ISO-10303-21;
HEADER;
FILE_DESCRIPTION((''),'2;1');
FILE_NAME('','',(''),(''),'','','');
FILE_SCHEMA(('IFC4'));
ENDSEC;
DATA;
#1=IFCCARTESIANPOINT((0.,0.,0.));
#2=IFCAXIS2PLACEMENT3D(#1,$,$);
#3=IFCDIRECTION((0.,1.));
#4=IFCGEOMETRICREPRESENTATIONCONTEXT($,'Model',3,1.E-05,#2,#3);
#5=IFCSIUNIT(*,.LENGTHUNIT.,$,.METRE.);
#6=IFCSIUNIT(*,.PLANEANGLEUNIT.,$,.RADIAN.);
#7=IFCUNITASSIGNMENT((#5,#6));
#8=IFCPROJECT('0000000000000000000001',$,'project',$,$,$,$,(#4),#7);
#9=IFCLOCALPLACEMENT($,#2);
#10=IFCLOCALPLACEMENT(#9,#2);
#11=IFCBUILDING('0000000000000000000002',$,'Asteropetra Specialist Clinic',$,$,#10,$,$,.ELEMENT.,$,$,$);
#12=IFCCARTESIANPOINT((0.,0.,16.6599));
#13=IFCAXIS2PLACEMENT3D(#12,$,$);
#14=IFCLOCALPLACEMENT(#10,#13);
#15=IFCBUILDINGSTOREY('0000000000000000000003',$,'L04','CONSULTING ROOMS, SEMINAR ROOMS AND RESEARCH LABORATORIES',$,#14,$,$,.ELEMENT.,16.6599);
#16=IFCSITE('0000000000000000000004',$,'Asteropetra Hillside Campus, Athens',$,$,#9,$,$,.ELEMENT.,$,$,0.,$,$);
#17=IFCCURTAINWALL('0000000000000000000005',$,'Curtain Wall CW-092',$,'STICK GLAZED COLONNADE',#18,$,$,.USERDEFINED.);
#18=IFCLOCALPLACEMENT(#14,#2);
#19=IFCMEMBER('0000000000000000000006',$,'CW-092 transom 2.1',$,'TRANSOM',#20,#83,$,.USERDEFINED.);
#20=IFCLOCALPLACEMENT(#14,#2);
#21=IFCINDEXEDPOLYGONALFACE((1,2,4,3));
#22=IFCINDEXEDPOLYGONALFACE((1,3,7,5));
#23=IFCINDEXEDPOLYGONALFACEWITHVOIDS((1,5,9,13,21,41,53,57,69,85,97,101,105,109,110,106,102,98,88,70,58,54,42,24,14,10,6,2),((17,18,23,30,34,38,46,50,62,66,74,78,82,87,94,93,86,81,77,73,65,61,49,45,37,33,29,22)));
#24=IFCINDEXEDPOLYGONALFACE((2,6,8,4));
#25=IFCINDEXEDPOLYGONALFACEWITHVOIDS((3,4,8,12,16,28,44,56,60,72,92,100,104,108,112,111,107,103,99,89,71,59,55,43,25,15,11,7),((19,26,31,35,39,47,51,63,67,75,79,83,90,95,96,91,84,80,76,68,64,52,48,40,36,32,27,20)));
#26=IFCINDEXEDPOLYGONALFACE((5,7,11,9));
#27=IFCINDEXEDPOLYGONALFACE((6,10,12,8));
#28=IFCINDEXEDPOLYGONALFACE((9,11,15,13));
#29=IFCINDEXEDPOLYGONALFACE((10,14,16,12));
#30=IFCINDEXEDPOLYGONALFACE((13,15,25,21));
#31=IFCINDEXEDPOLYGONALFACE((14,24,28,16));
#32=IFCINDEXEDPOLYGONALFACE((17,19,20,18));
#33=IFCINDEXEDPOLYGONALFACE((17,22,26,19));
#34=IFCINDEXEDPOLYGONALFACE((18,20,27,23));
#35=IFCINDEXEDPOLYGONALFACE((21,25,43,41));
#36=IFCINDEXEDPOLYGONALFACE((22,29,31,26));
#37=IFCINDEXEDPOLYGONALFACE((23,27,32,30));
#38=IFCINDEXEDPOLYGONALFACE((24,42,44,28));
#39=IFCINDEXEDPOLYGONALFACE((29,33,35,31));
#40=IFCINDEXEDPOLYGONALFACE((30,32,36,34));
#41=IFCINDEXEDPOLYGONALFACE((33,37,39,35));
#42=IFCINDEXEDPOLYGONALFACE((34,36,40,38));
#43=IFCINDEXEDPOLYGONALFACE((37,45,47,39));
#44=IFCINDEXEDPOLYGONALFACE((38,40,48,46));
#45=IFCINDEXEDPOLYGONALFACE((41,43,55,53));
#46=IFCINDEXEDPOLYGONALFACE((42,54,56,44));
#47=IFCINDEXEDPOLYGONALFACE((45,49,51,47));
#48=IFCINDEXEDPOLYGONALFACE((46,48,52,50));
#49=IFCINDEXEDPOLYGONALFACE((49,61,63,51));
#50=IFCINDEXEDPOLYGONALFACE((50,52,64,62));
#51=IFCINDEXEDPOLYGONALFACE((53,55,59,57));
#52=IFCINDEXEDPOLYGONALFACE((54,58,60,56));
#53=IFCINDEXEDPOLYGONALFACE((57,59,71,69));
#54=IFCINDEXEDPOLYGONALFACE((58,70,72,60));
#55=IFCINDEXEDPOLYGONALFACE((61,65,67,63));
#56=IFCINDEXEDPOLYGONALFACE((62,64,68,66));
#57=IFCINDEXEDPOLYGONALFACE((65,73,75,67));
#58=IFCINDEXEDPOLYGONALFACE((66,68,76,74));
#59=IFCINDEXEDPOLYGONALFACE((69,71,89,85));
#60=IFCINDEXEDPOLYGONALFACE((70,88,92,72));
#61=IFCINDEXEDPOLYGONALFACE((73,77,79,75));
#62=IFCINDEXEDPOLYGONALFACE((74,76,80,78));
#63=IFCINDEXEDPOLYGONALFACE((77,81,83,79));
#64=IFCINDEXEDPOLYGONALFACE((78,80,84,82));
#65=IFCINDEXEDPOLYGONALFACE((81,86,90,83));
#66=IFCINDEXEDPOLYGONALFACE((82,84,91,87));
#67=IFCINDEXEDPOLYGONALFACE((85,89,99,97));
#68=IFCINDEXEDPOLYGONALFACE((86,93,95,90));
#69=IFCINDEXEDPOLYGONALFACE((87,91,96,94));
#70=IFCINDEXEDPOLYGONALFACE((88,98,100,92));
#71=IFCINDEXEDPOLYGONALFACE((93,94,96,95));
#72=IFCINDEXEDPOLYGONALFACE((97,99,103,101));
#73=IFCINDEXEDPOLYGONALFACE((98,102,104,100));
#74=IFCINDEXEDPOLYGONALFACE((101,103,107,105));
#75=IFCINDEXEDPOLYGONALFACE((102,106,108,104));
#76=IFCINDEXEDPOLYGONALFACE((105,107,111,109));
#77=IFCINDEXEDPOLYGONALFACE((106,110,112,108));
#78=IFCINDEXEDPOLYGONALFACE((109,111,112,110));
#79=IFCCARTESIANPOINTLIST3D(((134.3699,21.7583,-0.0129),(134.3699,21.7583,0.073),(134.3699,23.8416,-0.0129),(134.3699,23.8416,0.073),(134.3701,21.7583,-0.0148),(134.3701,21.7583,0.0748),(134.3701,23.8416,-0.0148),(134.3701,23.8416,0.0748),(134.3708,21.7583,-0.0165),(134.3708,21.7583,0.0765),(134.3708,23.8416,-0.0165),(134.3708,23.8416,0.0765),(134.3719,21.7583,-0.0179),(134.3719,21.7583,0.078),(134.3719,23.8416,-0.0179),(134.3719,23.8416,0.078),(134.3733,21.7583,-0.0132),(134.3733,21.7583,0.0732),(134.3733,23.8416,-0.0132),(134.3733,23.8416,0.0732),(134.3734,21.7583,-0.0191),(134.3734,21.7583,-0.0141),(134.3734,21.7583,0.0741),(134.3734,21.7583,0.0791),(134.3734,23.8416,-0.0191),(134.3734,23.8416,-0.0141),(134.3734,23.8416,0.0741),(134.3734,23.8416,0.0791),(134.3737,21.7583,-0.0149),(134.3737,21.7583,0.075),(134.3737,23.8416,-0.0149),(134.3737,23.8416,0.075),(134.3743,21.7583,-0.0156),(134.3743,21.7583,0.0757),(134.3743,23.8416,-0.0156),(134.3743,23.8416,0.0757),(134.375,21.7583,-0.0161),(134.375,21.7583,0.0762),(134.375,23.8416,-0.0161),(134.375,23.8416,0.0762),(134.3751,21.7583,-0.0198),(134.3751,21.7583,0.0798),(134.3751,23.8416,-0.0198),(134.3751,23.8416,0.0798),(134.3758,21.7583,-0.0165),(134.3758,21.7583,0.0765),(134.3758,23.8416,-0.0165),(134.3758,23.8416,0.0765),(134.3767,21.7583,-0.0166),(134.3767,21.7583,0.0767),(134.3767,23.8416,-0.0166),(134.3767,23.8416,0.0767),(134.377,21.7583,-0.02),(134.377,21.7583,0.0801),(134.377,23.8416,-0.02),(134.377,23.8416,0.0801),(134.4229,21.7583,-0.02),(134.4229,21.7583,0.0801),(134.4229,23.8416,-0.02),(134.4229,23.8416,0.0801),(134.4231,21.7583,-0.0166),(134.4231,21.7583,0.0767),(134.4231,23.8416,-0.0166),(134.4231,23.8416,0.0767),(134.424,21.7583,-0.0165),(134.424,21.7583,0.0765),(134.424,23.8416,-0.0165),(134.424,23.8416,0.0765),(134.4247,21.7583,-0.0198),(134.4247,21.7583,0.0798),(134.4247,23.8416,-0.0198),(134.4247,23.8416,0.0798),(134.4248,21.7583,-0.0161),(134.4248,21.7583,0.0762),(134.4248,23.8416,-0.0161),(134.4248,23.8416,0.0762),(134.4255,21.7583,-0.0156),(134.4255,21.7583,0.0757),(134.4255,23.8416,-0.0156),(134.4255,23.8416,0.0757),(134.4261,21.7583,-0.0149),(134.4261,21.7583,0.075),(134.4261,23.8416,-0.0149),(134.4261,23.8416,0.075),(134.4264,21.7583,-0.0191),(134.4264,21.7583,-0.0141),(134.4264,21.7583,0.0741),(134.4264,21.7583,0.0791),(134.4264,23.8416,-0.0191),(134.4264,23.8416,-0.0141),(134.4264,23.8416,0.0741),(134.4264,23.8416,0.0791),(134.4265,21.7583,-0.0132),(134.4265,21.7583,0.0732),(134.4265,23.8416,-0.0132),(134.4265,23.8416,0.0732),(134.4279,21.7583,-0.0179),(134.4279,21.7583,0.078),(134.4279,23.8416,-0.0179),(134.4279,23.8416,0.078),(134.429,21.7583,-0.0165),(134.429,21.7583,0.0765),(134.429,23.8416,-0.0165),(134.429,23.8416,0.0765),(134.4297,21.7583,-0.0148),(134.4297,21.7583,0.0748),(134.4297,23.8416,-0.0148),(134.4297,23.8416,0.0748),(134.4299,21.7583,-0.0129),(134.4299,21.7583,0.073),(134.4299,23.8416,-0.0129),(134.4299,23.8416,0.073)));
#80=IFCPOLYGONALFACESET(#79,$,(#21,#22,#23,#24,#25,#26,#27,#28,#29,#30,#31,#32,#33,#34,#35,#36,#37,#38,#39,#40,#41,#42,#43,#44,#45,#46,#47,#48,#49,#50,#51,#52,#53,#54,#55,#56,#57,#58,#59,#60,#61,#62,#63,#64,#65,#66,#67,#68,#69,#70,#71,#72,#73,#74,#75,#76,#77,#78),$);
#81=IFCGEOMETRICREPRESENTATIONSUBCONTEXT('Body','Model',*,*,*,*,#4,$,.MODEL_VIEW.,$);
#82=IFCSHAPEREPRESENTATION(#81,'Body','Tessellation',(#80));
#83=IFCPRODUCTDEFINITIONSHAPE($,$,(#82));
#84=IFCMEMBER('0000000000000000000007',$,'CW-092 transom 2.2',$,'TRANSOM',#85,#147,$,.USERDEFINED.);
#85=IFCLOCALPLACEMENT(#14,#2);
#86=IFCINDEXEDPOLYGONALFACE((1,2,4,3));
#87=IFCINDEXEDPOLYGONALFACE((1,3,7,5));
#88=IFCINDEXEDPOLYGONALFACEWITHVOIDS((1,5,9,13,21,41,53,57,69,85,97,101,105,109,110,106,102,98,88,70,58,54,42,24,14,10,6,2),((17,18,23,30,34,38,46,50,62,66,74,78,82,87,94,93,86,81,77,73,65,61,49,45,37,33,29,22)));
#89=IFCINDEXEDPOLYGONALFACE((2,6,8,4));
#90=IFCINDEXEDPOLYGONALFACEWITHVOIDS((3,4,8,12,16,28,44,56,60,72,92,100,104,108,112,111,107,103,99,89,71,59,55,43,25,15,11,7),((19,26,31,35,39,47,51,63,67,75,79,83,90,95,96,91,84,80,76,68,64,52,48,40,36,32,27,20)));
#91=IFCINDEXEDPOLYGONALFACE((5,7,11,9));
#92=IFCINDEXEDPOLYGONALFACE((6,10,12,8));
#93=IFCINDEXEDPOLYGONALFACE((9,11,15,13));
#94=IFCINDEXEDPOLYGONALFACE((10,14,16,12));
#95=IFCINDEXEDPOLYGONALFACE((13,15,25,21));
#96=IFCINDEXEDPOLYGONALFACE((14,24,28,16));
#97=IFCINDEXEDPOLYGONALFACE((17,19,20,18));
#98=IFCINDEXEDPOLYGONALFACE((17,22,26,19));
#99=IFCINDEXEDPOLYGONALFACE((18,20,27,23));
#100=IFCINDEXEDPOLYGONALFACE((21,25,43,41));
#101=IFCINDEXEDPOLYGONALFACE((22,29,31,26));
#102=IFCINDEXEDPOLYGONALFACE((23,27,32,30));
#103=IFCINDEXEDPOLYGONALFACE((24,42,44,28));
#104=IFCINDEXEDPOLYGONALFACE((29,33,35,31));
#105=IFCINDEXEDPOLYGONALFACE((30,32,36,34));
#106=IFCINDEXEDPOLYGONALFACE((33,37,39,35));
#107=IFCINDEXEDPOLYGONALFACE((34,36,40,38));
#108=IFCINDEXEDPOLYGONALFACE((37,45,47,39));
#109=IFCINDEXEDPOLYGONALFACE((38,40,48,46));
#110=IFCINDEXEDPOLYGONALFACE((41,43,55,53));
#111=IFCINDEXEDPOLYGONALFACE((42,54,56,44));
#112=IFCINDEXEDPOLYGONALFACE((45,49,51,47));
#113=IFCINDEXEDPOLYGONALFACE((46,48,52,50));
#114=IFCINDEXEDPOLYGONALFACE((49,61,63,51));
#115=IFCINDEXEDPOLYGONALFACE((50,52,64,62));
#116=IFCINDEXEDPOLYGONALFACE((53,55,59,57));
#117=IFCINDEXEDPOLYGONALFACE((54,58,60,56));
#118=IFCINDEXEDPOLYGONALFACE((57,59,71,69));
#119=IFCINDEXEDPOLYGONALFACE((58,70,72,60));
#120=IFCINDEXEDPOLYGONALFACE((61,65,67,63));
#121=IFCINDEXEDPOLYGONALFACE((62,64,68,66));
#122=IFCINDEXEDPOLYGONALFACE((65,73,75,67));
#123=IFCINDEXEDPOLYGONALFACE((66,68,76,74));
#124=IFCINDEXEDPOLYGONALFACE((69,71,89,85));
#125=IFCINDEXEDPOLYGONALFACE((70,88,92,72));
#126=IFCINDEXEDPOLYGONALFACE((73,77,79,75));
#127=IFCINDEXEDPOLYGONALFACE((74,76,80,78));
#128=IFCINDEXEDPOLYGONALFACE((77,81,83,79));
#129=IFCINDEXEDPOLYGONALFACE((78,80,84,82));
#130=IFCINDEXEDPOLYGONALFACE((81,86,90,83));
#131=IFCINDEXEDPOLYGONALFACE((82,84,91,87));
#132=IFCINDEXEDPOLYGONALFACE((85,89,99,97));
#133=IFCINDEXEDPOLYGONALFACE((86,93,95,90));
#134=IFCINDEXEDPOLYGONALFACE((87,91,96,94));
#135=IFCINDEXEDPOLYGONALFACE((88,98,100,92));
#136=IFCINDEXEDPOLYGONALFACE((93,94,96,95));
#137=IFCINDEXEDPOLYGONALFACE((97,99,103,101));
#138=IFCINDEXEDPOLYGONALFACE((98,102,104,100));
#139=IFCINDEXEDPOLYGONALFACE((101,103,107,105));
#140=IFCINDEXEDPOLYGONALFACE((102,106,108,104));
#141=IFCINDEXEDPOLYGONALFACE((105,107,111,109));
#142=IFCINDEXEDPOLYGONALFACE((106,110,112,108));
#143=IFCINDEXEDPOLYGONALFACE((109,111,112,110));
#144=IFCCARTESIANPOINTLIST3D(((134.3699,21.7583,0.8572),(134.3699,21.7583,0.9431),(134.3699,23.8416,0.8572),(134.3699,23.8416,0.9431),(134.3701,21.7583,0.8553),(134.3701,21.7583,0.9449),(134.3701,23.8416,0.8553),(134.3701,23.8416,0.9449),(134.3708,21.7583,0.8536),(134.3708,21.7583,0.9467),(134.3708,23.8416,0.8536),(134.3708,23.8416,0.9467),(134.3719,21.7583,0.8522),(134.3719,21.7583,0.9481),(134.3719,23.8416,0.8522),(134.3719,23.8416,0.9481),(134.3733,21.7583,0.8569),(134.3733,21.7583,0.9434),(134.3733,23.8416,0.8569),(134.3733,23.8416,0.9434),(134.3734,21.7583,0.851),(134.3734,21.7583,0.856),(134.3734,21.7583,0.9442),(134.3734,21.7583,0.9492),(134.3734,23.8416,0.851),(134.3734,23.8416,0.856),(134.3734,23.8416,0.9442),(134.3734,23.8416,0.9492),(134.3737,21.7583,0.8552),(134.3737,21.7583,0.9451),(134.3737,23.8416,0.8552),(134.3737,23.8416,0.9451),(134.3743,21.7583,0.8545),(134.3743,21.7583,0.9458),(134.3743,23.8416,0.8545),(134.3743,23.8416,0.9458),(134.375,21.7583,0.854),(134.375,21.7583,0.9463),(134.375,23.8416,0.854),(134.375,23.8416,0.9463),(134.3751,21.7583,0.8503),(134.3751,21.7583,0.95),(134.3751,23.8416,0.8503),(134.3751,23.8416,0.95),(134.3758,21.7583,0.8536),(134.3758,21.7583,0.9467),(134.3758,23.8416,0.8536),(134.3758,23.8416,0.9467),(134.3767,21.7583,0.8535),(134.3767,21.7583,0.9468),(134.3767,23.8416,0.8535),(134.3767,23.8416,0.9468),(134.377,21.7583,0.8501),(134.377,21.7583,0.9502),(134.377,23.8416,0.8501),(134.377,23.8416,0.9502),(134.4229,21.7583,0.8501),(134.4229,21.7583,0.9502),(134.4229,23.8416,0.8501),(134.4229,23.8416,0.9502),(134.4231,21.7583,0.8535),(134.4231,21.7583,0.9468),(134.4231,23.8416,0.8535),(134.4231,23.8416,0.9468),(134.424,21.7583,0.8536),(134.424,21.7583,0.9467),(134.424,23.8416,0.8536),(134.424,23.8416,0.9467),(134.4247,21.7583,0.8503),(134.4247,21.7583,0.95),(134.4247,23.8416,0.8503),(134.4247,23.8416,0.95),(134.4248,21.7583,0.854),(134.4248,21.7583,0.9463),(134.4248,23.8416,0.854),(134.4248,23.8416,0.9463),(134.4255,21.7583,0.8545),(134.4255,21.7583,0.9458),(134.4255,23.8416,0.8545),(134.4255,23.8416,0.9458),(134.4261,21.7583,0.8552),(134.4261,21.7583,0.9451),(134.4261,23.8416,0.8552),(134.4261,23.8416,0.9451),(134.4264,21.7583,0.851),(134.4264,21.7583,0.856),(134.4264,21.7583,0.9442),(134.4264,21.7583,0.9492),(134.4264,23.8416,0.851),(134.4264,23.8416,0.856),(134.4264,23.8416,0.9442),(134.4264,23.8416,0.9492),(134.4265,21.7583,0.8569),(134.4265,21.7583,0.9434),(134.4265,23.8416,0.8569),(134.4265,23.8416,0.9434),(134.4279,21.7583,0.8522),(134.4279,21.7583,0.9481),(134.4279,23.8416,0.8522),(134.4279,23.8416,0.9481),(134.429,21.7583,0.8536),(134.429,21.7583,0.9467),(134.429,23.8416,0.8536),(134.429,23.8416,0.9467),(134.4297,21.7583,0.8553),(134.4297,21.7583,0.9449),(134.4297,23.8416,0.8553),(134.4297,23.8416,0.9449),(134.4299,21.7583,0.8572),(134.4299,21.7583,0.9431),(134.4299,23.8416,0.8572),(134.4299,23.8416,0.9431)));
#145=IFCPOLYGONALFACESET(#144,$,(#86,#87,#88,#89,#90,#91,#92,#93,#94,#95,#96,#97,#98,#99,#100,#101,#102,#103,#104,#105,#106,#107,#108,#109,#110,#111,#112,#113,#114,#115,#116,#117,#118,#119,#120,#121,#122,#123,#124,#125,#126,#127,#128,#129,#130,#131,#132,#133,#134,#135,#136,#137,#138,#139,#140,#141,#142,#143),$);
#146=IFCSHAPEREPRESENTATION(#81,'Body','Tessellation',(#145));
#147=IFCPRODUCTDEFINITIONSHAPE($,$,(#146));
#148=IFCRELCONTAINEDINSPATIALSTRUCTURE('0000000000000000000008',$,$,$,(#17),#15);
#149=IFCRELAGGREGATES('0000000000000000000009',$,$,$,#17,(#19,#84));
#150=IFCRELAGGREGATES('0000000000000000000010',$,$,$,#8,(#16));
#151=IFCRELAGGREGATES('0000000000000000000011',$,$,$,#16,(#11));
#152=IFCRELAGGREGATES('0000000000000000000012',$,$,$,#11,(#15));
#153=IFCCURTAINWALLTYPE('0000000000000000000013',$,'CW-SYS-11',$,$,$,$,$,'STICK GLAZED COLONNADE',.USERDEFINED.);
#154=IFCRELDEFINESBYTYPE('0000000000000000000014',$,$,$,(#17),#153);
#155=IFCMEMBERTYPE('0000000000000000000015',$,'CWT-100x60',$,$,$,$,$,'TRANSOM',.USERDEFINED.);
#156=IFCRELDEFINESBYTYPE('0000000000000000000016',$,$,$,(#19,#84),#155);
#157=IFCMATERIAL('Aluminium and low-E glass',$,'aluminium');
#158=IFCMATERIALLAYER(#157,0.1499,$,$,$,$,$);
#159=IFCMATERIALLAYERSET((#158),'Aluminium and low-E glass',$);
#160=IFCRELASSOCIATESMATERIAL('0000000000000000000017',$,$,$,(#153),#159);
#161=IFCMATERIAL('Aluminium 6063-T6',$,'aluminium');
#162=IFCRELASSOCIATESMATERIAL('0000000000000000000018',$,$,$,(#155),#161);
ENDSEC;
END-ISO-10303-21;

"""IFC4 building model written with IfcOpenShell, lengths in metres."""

from ifc_helpers import new_model, si_unit, direction, frame, origin, origin_2d, place, context, subcontext, project, spatial, hollow_rectangle, extrude, material, layer, layer_set, material_profile, profile_set, type_object, element, aggregate, save


model = new_model("IFC4")

# Units and contexts
model_context = context("Model", 3, precision=1e-05, world=origin(), true_north=direction((0.0, 1.0)))
body_context = subcontext(model_context, "Body", "Model", "MODEL_VIEW")
ifc_project = project(units=[si_unit("LENGTHUNIT", "METRE"), si_unit("PLANEANGLEUNIT", "RADIAN")], contexts=[model_context])

# Site, building, storey
site_placement = place(None, origin())
site = spatial("IfcSite", under=ifc_project, at=site_placement, Name="Asteropetra Hillside Campus, Athens", CompositionType="ELEMENT", RefElevation=0.0)
building_placement = place(site_placement, origin())
building = spatial("IfcBuilding", under=site, at=building_placement, Name="Asteropetra Specialist Clinic", CompositionType="ELEMENT")
storey_placement = place(building_placement, frame((0.0, 0.0, 16.6599)))
storey = spatial("IfcBuildingStorey", under=building, at=storey_placement, Name="L04", Description="CONSULTING ROOMS, SEMINAR ROOMS AND RESEARCH LABORATORIES", CompositionType="ELEMENT", Elevation=16.6599)

# Curtain wall, members
ifc_material_1 = material(Name="Aluminium and low-E glass", Category="aluminium")
ifc_layer_1 = layer(ifc_material_1, 0.1499)
ifc_layer_set_1 = layer_set([ifc_layer_1], Name="Aluminium and low-E glass")
curtain_wall_type_1 = type_object("IfcCurtainWallType", Name="CW-SYS-11", ElementType="STICK GLAZED COLONNADE", PredefinedType="USERDEFINED", material=ifc_layer_set_1)
curtain_wall_1_placement = place(storey_placement, origin())
curtain_wall_1 = element("IfcCurtainWall", 1, at=curtain_wall_1_placement, inside=storey, type_object=curtain_wall_type_1, Name="Curtain Wall CW-092", ObjectType="STICK GLAZED COLONNADE", PredefinedType="USERDEFINED")
ifc_material_2 = material(Name="Aluminium 6063-T6", Category="aluminium")
ifc_material_profile_1 = material_profile(ifc_material_2, hollow_rectangle(XDim=0.0601, YDim=0.1001, WallThickness=0.0034, InnerFilletRadius=0.0034, OuterFilletRadius=0.0071, at=origin_2d()), Name="TRN 100x60x3.5")
ifc_profile_set_1 = profile_set([ifc_material_profile_1], Name="Aluminium 6063-T6")
member_type_1 = type_object("IfcMemberType", Name="CWT-100x60", ElementType="TRANSOM", PredefinedType="USERDEFINED", material=ifc_profile_set_1)
member_1_placement = place(storey_placement, frame((134.3999, 21.7583, 0.03), z_axis=(0.0, 1.0, 0.0), x_axis=(-1.0, 0.0, 0.0)))
member_1 = element("IfcMember", 2, at=member_1_placement, type_object=member_type_1, Name="CW-092 transom 2.1", ObjectType="TRANSOM", PredefinedType="USERDEFINED", context=body_context, shape_type="SweptSolid", body=[
    extrude(hollow_rectangle(XDim=0.0601, YDim=0.1001, WallThickness=0.0034, InnerFilletRadius=0.0034, OuterFilletRadius=0.0071, at=origin_2d()), origin(), (0.0, 0.0, 1.0), 2.0833),
])
member_2_placement = place(storey_placement, frame((134.3999, 21.7583, 0.9001), z_axis=(0.0, 1.0, 0.0), x_axis=(-1.0, 0.0, 0.0)))
member_2 = element("IfcMember", 3, at=member_2_placement, type_object=member_type_1, Name="CW-092 transom 2.2", ObjectType="TRANSOM", PredefinedType="USERDEFINED", context=body_context, shape_type="SweptSolid", body=[
    extrude(hollow_rectangle(XDim=0.0601, YDim=0.1001, WallThickness=0.0034, InnerFilletRadius=0.0034, OuterFilletRadius=0.0071, at=origin_2d()), origin(), (0.0, 0.0, 1.0), 2.0833),
])

aggregate(curtain_wall_1, [member_1, member_2])

save(model, "model.ifc")
